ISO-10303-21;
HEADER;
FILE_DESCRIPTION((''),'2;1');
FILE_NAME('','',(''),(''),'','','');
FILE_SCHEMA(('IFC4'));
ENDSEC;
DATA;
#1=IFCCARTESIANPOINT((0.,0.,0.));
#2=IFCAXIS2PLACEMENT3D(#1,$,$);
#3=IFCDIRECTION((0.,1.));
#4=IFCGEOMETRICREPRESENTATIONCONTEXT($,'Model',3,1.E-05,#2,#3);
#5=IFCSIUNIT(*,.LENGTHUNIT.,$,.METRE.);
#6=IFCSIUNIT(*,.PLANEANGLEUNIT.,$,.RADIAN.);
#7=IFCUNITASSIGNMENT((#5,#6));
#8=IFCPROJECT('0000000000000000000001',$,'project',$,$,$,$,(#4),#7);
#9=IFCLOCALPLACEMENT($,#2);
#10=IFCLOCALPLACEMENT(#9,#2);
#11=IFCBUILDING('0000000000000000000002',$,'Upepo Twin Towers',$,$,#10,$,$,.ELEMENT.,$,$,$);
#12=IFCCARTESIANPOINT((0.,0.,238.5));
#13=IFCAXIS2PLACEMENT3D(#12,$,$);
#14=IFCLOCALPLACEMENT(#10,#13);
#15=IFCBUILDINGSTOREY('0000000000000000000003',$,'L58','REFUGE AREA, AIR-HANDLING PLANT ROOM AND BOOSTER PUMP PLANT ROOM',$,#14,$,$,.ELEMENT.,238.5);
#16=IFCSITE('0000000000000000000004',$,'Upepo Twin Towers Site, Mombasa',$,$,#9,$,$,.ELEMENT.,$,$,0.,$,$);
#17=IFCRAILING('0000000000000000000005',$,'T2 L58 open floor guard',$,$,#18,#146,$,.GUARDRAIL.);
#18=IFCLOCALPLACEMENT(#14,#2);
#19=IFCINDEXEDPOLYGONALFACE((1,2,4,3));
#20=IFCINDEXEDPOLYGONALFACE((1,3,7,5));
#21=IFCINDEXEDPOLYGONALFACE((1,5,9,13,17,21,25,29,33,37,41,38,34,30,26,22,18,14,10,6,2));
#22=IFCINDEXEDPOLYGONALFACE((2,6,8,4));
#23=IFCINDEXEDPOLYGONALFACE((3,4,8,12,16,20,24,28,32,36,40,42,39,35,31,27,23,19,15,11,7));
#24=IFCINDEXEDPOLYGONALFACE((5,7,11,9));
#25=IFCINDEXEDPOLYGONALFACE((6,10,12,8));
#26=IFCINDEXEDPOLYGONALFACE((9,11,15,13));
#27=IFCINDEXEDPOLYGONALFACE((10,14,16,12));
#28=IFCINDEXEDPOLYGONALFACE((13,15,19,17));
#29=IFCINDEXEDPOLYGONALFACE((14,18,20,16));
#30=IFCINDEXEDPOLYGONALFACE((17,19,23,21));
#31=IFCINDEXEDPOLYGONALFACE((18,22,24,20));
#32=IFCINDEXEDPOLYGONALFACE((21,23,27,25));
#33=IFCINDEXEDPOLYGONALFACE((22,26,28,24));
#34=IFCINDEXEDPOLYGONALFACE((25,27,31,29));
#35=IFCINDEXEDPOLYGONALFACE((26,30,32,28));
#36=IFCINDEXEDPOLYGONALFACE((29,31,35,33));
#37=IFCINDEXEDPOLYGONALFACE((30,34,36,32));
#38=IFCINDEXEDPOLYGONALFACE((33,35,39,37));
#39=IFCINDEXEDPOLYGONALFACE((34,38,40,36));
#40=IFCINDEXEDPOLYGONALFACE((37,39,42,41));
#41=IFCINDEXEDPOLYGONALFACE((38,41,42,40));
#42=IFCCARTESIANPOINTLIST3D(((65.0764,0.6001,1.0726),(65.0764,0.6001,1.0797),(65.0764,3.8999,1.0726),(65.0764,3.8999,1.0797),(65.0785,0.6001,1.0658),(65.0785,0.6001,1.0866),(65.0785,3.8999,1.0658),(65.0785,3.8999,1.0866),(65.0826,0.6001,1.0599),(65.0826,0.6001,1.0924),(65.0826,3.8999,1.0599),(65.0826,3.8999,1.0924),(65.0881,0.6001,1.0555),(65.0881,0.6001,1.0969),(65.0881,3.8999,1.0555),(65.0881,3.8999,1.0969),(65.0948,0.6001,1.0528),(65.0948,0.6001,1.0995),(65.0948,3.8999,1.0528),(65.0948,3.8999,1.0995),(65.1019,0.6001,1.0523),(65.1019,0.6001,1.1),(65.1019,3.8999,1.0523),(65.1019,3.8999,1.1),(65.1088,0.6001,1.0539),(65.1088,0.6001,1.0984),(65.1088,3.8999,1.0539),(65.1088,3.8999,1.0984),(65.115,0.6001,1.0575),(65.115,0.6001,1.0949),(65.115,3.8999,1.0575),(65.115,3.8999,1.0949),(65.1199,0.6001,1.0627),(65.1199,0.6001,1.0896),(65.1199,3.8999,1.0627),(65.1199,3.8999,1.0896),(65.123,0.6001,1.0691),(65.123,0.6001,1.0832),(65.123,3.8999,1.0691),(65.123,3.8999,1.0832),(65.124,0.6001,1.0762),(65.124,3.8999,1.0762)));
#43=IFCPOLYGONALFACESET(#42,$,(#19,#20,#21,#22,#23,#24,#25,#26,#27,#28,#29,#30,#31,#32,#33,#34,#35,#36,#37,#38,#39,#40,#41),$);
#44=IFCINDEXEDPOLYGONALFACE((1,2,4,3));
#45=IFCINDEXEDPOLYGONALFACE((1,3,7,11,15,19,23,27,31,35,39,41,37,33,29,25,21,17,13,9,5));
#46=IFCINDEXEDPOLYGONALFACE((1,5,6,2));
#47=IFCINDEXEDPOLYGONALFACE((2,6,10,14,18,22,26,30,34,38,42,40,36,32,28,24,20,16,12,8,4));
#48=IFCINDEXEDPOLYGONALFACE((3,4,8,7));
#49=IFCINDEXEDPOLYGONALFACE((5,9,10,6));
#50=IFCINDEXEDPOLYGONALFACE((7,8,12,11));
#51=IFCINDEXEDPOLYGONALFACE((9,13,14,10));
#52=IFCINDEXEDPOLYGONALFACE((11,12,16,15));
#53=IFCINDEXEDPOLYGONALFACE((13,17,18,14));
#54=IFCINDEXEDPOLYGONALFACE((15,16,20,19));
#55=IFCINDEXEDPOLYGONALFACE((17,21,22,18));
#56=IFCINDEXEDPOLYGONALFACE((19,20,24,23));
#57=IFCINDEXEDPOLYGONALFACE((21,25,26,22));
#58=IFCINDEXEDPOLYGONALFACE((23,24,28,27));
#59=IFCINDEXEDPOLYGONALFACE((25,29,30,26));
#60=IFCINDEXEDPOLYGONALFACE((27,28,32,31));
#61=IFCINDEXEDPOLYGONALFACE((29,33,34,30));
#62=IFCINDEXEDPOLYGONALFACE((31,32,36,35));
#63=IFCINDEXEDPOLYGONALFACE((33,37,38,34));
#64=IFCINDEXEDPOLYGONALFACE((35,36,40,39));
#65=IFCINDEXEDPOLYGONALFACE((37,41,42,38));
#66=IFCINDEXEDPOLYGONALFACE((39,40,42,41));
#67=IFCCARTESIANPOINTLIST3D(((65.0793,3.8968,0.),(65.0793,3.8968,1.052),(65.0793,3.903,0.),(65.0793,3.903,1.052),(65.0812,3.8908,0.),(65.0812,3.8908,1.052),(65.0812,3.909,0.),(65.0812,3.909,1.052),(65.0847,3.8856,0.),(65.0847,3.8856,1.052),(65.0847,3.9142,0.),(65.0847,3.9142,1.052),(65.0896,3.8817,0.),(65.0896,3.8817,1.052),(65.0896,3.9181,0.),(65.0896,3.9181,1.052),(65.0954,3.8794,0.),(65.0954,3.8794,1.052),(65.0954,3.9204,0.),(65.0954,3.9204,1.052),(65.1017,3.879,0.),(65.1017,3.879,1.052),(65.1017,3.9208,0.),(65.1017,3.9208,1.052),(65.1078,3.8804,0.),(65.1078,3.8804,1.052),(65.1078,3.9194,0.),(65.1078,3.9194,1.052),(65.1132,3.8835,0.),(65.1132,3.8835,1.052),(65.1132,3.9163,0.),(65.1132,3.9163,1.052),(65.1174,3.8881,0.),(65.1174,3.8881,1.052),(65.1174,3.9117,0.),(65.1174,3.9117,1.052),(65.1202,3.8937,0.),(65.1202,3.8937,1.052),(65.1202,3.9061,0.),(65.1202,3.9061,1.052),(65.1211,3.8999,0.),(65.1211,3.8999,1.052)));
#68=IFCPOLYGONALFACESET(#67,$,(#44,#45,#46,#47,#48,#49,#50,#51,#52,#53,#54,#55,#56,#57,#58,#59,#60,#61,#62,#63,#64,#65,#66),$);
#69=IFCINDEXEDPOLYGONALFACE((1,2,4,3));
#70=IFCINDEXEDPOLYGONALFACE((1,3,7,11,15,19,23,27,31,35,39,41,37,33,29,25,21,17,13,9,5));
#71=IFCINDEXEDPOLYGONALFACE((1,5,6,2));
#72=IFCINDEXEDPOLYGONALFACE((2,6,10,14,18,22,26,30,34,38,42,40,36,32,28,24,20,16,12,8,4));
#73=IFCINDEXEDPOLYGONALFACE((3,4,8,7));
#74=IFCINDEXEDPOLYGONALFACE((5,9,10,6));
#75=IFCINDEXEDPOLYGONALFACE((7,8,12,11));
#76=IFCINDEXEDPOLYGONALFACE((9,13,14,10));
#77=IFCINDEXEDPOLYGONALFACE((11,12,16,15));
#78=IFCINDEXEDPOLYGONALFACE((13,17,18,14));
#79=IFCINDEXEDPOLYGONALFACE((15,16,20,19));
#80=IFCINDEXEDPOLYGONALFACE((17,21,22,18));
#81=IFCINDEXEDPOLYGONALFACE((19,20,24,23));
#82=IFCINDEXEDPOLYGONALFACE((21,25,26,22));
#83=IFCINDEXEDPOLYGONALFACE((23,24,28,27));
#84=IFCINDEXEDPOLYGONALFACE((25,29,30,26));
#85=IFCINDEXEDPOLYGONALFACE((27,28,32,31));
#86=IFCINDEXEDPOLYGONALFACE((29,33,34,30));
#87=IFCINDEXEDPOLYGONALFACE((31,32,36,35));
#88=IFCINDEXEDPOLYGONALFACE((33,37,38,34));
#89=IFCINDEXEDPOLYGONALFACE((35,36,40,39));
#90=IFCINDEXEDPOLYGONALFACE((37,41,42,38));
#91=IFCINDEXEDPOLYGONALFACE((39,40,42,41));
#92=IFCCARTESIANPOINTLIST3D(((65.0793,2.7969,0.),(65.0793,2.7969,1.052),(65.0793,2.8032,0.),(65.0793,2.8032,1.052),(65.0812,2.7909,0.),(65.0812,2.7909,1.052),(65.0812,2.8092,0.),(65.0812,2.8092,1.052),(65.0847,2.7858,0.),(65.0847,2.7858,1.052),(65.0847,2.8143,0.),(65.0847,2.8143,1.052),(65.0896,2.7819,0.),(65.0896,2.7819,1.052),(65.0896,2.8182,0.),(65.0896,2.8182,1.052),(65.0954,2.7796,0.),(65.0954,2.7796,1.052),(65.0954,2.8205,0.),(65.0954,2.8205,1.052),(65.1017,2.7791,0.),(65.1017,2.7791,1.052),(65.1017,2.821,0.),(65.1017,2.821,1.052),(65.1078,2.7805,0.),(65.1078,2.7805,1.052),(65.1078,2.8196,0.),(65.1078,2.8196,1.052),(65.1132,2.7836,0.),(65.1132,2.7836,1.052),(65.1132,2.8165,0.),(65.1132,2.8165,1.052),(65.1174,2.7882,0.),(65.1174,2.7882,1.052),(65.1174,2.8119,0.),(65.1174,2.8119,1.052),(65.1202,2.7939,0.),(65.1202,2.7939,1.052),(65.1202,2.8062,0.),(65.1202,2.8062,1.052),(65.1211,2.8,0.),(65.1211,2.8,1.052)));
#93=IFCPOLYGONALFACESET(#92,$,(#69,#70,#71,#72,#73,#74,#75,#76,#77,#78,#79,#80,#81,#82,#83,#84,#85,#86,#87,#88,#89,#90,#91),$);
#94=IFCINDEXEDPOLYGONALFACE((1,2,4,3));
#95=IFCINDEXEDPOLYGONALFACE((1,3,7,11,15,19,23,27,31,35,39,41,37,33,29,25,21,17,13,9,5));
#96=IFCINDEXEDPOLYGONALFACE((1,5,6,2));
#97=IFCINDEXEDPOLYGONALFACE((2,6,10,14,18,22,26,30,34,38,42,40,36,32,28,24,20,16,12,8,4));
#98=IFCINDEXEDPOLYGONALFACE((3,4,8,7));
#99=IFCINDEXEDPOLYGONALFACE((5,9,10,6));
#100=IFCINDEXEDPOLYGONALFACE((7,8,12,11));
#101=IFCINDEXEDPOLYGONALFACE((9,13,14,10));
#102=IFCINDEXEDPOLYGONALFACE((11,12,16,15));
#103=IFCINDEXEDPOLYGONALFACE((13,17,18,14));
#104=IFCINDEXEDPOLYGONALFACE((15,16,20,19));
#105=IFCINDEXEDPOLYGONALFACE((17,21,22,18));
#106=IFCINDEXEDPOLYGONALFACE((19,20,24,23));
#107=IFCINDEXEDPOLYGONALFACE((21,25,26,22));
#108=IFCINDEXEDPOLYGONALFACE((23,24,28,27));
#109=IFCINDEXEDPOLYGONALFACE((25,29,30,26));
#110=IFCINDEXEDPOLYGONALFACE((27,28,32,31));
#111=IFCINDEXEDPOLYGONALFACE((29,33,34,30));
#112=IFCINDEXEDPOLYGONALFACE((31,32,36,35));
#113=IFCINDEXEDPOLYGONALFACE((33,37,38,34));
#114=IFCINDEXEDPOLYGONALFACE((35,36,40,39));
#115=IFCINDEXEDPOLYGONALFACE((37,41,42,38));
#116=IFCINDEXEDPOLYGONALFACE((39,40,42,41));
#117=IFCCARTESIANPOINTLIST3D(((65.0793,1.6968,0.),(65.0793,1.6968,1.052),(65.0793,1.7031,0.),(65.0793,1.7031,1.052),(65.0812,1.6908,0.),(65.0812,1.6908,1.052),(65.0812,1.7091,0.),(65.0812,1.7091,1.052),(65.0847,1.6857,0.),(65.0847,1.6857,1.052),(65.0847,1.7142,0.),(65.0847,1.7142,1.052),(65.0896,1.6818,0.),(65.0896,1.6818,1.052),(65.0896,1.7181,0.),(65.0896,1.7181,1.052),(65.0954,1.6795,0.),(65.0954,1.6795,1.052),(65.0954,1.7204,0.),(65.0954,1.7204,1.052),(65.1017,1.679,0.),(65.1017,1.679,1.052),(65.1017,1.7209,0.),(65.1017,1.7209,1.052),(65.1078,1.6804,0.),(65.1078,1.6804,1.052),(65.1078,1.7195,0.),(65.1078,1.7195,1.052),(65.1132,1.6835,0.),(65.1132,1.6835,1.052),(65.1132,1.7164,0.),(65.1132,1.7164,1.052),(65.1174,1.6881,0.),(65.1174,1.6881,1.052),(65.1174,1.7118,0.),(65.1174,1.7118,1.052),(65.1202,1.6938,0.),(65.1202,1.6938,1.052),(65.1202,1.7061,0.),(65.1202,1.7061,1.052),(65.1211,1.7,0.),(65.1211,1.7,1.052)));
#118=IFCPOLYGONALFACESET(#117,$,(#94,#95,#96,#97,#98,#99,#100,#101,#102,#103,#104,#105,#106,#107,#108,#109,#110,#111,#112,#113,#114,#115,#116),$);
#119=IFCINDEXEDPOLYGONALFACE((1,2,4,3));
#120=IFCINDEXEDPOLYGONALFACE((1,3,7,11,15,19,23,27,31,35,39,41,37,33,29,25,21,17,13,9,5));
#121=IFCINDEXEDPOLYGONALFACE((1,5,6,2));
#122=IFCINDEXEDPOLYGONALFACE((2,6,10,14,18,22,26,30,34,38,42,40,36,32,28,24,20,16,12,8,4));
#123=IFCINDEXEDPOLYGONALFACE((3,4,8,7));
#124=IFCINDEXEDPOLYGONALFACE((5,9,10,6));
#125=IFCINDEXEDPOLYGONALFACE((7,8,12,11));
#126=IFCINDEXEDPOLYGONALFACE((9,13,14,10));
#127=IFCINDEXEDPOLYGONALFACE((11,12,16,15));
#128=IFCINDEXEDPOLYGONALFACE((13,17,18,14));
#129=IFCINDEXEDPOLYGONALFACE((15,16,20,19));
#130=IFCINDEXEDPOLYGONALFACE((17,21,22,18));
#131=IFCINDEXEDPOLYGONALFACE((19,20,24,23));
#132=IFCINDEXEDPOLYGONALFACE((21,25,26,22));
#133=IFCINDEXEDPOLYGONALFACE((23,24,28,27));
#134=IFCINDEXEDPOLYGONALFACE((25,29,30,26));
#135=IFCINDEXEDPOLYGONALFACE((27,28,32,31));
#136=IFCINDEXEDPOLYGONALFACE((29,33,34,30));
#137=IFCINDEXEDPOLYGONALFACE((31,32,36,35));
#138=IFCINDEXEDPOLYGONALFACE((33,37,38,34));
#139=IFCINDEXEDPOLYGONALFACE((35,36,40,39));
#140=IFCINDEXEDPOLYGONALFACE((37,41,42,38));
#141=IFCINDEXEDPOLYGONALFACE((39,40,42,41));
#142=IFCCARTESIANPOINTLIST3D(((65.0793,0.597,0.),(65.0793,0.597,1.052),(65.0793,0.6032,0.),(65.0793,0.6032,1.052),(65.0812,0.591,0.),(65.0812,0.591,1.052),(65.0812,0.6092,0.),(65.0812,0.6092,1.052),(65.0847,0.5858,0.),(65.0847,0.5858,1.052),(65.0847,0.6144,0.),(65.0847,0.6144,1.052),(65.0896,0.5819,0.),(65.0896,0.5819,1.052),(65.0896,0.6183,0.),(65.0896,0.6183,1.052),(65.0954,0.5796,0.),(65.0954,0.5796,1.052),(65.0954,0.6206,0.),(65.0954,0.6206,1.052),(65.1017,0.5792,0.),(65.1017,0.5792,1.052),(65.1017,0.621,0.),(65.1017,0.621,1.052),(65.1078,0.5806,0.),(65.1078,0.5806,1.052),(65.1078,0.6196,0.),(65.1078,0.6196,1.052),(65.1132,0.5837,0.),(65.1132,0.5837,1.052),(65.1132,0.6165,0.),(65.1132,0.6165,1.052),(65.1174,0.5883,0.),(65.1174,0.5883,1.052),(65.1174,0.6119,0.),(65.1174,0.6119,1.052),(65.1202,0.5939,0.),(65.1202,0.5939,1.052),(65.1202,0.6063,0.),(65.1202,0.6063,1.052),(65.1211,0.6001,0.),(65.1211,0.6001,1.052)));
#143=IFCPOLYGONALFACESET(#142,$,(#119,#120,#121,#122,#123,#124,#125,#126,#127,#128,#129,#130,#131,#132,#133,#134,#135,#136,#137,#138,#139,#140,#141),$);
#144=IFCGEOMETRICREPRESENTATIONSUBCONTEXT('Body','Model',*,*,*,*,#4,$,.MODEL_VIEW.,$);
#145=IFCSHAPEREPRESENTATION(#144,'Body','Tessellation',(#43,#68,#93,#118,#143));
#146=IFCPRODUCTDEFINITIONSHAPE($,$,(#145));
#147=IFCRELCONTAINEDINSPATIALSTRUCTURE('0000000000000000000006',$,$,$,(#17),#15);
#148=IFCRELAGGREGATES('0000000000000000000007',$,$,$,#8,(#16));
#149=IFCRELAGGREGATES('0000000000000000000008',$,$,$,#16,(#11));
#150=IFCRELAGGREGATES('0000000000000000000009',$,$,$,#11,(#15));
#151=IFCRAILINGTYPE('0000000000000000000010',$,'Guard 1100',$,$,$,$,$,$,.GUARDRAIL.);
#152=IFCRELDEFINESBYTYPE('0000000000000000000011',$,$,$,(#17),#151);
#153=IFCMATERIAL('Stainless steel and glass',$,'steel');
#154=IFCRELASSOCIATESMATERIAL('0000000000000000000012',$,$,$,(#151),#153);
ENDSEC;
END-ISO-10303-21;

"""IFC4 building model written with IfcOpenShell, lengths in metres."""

from ifc_helpers import new_model, si_unit, direction, frame, origin, origin_2d, place, context, subcontext, project, spatial, circle, extrude, material, type_object, element, save


model = new_model("IFC4")

# Units and contexts
model_context = context("Model", 3, precision=1e-05, world=origin(), true_north=direction((0.0, 1.0)))
body_context = subcontext(model_context, "Body", "Model", "MODEL_VIEW")
ifc_project = project(units=[si_unit("LENGTHUNIT", "METRE"), si_unit("PLANEANGLEUNIT", "RADIAN")], contexts=[model_context])

# Site, building, storey
site_placement = place(None, origin())
site = spatial("IfcSite", under=ifc_project, at=site_placement, Name="Upepo Twin Towers Site, Mombasa", CompositionType="ELEMENT", RefElevation=0.0)
building_placement = place(site_placement, origin())
building = spatial("IfcBuilding", under=site, at=building_placement, Name="Upepo Twin Towers", CompositionType="ELEMENT")
storey_placement = place(building_placement, frame((0.0, 0.0, 238.5)))
storey = spatial("IfcBuildingStorey", under=building, at=storey_placement, Name="L58", Description="REFUGE AREA, AIR-HANDLING PLANT ROOM AND BOOSTER PUMP PLANT ROOM", CompositionType="ELEMENT", Elevation=238.5)

# Railing
ifc_material_1 = material(Name="Stainless steel and glass", Category="steel")
railing_type = type_object("IfcRailingType", Name="Guard 1100", PredefinedType="GUARDRAIL", material=ifc_material_1)
for number, where, name in (
    (1, (65.1001, 3.8999, 0.0), "T2 L58 open floor guard"),
):
    element("IfcRailing", number, at=place(storey_placement, frame(where)), inside=storey, type_object=railing_type, Name=name, PredefinedType="GUARDRAIL", context=body_context, shape_type="SweptSolid", body=[
        extrude(circle(Radius=0.0239, at=origin_2d()), frame((0.0, 0.0, 1.0762), z_axis=(0.0, -1.0, 0.0), x_axis=(1.0, 0.0, 0.0)), (0.0, 0.0, 1.0), 3.2998),
        extrude(circle(Radius=0.021, at=origin_2d()), origin(), (0.0, 0.0, 1.0), 1.052),
        extrude(circle(Radius=0.021, at=origin_2d()), frame((0.0, -1.0999, 0.0)), (0.0, 0.0, 1.0), 1.052),
        extrude(circle(Radius=0.021, at=origin_2d()), frame((0.0, -2.2, 0.0)), (0.0, 0.0, 1.0), 1.052),
        extrude(circle(Radius=0.021, at=origin_2d()), frame((0.0, -3.2998, 0.0)), (0.0, 0.0, 1.0), 1.052),
    ])

save(model, "model.ifc")
